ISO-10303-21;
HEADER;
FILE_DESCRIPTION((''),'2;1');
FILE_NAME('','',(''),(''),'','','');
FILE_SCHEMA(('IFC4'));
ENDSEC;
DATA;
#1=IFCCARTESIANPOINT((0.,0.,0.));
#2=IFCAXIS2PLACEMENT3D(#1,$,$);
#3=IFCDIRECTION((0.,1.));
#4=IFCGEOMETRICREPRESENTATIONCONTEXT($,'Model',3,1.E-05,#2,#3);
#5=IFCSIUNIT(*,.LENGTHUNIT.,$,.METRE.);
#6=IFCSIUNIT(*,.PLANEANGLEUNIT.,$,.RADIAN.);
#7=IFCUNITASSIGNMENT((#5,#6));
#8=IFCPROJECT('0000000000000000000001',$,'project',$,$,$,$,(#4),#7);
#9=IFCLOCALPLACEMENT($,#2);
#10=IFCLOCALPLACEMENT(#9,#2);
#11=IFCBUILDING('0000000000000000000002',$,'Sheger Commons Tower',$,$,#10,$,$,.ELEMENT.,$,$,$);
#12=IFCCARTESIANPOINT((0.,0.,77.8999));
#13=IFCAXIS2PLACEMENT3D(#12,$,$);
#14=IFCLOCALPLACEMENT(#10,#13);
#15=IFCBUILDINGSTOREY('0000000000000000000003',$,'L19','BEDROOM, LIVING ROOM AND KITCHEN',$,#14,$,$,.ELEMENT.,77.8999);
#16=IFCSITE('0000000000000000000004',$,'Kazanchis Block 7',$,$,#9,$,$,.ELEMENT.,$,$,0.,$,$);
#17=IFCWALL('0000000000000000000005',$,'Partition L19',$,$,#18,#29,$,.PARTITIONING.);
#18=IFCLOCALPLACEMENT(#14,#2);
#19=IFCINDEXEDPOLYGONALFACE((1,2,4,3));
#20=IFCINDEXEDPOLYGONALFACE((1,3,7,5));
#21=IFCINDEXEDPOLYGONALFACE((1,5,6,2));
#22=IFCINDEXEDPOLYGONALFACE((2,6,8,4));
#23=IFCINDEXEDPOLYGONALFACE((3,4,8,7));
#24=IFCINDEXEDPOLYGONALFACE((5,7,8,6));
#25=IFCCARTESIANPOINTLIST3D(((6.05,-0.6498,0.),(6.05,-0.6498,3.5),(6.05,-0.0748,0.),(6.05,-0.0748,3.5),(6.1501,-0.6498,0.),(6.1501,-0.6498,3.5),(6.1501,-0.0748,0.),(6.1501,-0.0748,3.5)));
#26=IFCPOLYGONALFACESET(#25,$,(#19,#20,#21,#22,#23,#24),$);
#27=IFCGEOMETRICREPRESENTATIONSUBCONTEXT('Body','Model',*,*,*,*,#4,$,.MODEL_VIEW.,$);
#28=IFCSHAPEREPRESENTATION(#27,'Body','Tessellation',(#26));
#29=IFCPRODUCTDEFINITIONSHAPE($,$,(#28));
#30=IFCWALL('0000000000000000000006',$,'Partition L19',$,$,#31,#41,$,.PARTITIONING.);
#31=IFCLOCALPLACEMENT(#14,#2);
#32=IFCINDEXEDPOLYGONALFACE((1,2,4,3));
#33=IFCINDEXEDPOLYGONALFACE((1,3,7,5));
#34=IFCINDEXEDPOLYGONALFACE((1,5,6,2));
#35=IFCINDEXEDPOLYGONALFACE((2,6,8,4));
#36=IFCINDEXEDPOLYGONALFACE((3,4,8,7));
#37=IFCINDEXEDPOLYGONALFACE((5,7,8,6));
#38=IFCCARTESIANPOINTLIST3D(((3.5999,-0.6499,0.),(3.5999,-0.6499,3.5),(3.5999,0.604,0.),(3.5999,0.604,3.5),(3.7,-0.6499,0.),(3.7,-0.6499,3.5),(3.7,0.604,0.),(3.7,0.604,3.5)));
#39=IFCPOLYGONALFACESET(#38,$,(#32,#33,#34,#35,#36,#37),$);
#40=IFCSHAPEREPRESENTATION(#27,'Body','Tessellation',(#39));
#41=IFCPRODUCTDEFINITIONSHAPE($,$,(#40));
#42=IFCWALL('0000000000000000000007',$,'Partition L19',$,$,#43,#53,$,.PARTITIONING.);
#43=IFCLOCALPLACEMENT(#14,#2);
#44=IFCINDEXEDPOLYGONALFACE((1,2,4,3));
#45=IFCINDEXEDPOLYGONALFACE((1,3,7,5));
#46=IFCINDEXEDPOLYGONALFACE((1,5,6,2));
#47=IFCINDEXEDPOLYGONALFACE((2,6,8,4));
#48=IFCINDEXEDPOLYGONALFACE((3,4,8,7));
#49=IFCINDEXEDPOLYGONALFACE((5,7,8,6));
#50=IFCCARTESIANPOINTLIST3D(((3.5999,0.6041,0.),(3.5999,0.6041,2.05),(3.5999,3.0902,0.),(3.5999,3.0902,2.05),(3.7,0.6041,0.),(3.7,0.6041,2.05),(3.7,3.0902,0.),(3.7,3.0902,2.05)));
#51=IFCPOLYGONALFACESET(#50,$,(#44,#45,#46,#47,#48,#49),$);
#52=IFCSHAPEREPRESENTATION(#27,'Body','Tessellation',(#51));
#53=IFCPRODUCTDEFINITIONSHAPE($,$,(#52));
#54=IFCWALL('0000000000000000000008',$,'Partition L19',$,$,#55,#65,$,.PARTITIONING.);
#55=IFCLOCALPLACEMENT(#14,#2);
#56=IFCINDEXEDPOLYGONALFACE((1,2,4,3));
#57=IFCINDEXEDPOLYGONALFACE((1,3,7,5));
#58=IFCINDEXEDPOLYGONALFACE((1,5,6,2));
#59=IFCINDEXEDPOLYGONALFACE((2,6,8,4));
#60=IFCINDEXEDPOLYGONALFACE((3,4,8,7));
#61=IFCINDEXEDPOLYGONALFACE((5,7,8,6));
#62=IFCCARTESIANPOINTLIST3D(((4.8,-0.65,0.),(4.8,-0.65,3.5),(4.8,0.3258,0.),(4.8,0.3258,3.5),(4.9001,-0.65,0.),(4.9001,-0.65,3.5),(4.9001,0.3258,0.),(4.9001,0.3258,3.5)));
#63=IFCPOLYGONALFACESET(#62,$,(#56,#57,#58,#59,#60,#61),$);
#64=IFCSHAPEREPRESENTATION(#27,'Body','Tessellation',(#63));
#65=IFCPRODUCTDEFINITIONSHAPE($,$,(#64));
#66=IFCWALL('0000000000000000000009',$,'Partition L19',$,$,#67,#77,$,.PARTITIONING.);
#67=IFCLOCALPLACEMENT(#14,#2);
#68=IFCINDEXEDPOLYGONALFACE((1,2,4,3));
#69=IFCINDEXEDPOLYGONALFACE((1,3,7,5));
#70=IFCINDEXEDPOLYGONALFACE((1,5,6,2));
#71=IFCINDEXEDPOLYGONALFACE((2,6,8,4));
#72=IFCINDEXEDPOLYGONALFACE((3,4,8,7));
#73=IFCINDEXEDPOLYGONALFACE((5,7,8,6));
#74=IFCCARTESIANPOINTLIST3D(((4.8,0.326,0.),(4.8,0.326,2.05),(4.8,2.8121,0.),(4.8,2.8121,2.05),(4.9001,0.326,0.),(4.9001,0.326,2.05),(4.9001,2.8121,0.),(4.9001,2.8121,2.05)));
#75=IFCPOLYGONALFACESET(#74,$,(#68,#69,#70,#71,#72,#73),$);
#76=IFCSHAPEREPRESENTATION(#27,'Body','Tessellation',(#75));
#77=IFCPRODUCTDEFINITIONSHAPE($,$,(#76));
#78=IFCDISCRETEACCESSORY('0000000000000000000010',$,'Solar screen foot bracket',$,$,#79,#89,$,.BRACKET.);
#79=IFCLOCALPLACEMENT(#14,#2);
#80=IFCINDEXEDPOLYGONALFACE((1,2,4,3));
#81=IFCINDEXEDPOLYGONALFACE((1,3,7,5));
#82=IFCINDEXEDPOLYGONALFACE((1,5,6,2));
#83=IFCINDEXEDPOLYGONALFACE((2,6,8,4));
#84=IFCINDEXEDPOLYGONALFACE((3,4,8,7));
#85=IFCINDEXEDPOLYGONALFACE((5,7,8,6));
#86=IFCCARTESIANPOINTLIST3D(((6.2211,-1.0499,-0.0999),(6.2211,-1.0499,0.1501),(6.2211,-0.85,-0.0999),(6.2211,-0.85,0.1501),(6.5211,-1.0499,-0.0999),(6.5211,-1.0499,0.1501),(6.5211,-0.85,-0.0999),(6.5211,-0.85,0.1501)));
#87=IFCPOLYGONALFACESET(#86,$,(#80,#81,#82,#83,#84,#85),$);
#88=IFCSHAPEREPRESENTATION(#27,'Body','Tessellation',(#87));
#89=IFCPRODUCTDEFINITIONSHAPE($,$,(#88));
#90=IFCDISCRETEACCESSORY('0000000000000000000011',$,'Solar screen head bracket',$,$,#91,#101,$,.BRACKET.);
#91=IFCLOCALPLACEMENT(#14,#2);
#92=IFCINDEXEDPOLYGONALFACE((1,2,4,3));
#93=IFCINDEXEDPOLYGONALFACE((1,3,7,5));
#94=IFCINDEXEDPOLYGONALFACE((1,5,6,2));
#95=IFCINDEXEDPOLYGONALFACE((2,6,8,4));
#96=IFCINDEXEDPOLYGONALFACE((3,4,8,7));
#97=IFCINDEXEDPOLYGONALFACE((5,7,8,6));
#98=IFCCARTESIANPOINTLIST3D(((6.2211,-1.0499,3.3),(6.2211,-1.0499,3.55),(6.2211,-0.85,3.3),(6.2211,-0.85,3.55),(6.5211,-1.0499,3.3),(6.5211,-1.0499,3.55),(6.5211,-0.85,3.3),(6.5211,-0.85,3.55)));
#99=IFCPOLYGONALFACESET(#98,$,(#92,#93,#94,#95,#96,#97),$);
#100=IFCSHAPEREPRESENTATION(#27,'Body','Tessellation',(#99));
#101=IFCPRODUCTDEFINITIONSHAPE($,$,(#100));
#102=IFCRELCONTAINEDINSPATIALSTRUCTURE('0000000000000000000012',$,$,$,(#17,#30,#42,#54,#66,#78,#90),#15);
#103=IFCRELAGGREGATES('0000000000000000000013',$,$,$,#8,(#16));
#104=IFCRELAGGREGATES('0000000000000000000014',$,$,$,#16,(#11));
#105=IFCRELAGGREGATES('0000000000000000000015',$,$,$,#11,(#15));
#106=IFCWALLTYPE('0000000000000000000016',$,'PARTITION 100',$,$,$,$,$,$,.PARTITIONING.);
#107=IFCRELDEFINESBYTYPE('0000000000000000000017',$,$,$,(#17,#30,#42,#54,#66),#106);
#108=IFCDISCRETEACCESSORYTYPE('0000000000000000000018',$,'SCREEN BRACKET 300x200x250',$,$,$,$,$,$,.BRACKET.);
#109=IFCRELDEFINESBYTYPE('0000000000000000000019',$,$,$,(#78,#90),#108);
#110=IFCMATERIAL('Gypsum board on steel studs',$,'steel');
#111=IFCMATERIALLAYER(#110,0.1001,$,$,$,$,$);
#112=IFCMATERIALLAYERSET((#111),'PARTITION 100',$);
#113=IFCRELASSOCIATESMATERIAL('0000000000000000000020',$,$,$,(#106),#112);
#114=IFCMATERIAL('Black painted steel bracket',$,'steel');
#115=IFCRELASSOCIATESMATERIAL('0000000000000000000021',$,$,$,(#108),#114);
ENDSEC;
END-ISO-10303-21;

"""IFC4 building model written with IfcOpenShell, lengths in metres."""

from ifc_helpers import new_model, si_unit, direction, frame, frame_2d, origin, origin_2d, place, context, subcontext, project, spatial, rectangle, extrude, material, layer, layer_set, type_object, element, save


model = new_model("IFC4")

# Units and contexts
model_context = context("Model", 3, precision=1e-05, world=origin(), true_north=direction((0.0, 1.0)))
body_context = subcontext(model_context, "Body", "Model", "MODEL_VIEW")
ifc_project = project(units=[si_unit("LENGTHUNIT", "METRE"), si_unit("PLANEANGLEUNIT", "RADIAN")], contexts=[model_context])

# Site, building, storey
site_placement = place(None, origin())
site = spatial("IfcSite", under=ifc_project, at=site_placement, Name="Kazanchis Block 7", CompositionType="ELEMENT", RefElevation=0.0)
building_placement = place(site_placement, origin())
building = spatial("IfcBuilding", under=site, at=building_placement, Name="Sheger Commons Tower", CompositionType="ELEMENT")
storey_placement = place(building_placement, frame((0.0, 0.0, 77.8999)))
storey = spatial("IfcBuildingStorey", under=building, at=storey_placement, Name="L19", Description="BEDROOM, LIVING ROOM AND KITCHEN", CompositionType="ELEMENT", Elevation=77.8999)

# Walls
ifc_material_1 = material(Name="Gypsum board on steel studs", Category="steel")
ifc_layer_1 = layer(ifc_material_1, 0.1001)
ifc_layer_set_1 = layer_set([ifc_layer_1], Name="PARTITION 100")
wall_type_1 = type_object("IfcWallType", Name="PARTITION 100", PredefinedType="PARTITIONING", material=ifc_layer_set_1)
wall_1_placement = place(storey_placement, frame((6.1001, -0.6499, 0.0), z_axis=(0.0, 0.0, 1.0), x_axis=(0.0, 1.0, 0.0)))
element("IfcWall", 1, at=wall_1_placement, inside=storey, type_object=wall_type_1, Name="Partition L19", PredefinedType="PARTITIONING", context=body_context, shape_type="SweptSolid", body=[
    extrude(rectangle(XDim=0.575, YDim=0.1001, at=frame_2d((0.2876, 0.0))), origin(), (0.0, 0.0, 1.0), 3.5),
])
wall_2_placement = place(storey_placement, frame((3.6499, -0.6499, 0.0), z_axis=(0.0, 0.0, 1.0), x_axis=(0.0, 1.0, 0.0)))
element("IfcWall", 2, at=wall_2_placement, inside=storey, type_object=wall_type_1, Name="Partition L19", PredefinedType="PARTITIONING", context=body_context, shape_type="SweptSolid", body=[
    extrude(rectangle(XDim=1.2539, YDim=0.1001, at=frame_2d((0.627, 0.0))), origin(), (0.0, 0.0, 1.0), 3.5),
])
wall_3_placement = place(storey_placement, frame((3.6499, 0.604, 0.0), z_axis=(0.0, 0.0, 1.0), x_axis=(0.0, 1.0, 0.0)))
element("IfcWall", 3, at=wall_3_placement, inside=storey, type_object=wall_type_1, Name="Partition L19", PredefinedType="PARTITIONING", context=body_context, shape_type="SweptSolid", body=[
    extrude(rectangle(XDim=2.4861, YDim=0.1001, at=frame_2d((1.2432, 0.0))), origin(), (0.0, 0.0, 1.0), 2.05),
])
wall_4_placement = place(storey_placement, frame((4.8501, -0.6499, 0.0), z_axis=(0.0, 0.0, 1.0), x_axis=(0.0, 1.0, 0.0)))
element("IfcWall", 4, at=wall_4_placement, inside=storey, type_object=wall_type_1, Name="Partition L19", PredefinedType="PARTITIONING", context=body_context, shape_type="SweptSolid", body=[
    extrude(rectangle(XDim=0.9758, YDim=0.1001, at=frame_2d((0.4878, 0.0))), origin(), (0.0, 0.0, 1.0), 3.5),
])
wall_5_placement = place(storey_placement, frame((4.8501, 0.3259, 0.0), z_axis=(0.0, 0.0, 1.0), x_axis=(0.0, 1.0, 0.0)))
element("IfcWall", 5, at=wall_5_placement, inside=storey, type_object=wall_type_1, Name="Partition L19", PredefinedType="PARTITIONING", context=body_context, shape_type="SweptSolid", body=[
    extrude(rectangle(XDim=2.4861, YDim=0.1001, at=frame_2d((1.2432, 0.0))), origin(), (0.0, 0.0, 1.0), 2.05),
])

# Discrete accessories
ifc_material_2 = material(Name="Black painted steel bracket", Category="steel")
discrete_accessory_type = type_object("IfcDiscreteAccessoryType", Name="SCREEN BRACKET 300x200x250", PredefinedType="BRACKET", material=ifc_material_2)
for number, where, z_axis, x_axis, name in (
    (6, (6.3711, -0.95, -0.0999), (0.0, 0.0, 1.0), (1.0, 0.0, 0.0), "Solar screen foot bracket"),
    (7, (6.3711, -0.95, 3.3), (0.0, 0.0, 1.0), (1.0, 0.0, 0.0), "Solar screen head bracket"),
):
    element("IfcDiscreteAccessory", number, at=place(storey_placement, frame(where, z_axis=z_axis, x_axis=x_axis)), inside=storey, type_object=discrete_accessory_type, Name=name, PredefinedType="BRACKET", context=body_context, shape_type="SweptSolid", body=[
        extrude(rectangle(XDim=0.3, YDim=0.2, at=origin_2d()), origin(), (0.0, 0.0, 1.0), 0.25),
    ])

save(model, "model.ifc")
